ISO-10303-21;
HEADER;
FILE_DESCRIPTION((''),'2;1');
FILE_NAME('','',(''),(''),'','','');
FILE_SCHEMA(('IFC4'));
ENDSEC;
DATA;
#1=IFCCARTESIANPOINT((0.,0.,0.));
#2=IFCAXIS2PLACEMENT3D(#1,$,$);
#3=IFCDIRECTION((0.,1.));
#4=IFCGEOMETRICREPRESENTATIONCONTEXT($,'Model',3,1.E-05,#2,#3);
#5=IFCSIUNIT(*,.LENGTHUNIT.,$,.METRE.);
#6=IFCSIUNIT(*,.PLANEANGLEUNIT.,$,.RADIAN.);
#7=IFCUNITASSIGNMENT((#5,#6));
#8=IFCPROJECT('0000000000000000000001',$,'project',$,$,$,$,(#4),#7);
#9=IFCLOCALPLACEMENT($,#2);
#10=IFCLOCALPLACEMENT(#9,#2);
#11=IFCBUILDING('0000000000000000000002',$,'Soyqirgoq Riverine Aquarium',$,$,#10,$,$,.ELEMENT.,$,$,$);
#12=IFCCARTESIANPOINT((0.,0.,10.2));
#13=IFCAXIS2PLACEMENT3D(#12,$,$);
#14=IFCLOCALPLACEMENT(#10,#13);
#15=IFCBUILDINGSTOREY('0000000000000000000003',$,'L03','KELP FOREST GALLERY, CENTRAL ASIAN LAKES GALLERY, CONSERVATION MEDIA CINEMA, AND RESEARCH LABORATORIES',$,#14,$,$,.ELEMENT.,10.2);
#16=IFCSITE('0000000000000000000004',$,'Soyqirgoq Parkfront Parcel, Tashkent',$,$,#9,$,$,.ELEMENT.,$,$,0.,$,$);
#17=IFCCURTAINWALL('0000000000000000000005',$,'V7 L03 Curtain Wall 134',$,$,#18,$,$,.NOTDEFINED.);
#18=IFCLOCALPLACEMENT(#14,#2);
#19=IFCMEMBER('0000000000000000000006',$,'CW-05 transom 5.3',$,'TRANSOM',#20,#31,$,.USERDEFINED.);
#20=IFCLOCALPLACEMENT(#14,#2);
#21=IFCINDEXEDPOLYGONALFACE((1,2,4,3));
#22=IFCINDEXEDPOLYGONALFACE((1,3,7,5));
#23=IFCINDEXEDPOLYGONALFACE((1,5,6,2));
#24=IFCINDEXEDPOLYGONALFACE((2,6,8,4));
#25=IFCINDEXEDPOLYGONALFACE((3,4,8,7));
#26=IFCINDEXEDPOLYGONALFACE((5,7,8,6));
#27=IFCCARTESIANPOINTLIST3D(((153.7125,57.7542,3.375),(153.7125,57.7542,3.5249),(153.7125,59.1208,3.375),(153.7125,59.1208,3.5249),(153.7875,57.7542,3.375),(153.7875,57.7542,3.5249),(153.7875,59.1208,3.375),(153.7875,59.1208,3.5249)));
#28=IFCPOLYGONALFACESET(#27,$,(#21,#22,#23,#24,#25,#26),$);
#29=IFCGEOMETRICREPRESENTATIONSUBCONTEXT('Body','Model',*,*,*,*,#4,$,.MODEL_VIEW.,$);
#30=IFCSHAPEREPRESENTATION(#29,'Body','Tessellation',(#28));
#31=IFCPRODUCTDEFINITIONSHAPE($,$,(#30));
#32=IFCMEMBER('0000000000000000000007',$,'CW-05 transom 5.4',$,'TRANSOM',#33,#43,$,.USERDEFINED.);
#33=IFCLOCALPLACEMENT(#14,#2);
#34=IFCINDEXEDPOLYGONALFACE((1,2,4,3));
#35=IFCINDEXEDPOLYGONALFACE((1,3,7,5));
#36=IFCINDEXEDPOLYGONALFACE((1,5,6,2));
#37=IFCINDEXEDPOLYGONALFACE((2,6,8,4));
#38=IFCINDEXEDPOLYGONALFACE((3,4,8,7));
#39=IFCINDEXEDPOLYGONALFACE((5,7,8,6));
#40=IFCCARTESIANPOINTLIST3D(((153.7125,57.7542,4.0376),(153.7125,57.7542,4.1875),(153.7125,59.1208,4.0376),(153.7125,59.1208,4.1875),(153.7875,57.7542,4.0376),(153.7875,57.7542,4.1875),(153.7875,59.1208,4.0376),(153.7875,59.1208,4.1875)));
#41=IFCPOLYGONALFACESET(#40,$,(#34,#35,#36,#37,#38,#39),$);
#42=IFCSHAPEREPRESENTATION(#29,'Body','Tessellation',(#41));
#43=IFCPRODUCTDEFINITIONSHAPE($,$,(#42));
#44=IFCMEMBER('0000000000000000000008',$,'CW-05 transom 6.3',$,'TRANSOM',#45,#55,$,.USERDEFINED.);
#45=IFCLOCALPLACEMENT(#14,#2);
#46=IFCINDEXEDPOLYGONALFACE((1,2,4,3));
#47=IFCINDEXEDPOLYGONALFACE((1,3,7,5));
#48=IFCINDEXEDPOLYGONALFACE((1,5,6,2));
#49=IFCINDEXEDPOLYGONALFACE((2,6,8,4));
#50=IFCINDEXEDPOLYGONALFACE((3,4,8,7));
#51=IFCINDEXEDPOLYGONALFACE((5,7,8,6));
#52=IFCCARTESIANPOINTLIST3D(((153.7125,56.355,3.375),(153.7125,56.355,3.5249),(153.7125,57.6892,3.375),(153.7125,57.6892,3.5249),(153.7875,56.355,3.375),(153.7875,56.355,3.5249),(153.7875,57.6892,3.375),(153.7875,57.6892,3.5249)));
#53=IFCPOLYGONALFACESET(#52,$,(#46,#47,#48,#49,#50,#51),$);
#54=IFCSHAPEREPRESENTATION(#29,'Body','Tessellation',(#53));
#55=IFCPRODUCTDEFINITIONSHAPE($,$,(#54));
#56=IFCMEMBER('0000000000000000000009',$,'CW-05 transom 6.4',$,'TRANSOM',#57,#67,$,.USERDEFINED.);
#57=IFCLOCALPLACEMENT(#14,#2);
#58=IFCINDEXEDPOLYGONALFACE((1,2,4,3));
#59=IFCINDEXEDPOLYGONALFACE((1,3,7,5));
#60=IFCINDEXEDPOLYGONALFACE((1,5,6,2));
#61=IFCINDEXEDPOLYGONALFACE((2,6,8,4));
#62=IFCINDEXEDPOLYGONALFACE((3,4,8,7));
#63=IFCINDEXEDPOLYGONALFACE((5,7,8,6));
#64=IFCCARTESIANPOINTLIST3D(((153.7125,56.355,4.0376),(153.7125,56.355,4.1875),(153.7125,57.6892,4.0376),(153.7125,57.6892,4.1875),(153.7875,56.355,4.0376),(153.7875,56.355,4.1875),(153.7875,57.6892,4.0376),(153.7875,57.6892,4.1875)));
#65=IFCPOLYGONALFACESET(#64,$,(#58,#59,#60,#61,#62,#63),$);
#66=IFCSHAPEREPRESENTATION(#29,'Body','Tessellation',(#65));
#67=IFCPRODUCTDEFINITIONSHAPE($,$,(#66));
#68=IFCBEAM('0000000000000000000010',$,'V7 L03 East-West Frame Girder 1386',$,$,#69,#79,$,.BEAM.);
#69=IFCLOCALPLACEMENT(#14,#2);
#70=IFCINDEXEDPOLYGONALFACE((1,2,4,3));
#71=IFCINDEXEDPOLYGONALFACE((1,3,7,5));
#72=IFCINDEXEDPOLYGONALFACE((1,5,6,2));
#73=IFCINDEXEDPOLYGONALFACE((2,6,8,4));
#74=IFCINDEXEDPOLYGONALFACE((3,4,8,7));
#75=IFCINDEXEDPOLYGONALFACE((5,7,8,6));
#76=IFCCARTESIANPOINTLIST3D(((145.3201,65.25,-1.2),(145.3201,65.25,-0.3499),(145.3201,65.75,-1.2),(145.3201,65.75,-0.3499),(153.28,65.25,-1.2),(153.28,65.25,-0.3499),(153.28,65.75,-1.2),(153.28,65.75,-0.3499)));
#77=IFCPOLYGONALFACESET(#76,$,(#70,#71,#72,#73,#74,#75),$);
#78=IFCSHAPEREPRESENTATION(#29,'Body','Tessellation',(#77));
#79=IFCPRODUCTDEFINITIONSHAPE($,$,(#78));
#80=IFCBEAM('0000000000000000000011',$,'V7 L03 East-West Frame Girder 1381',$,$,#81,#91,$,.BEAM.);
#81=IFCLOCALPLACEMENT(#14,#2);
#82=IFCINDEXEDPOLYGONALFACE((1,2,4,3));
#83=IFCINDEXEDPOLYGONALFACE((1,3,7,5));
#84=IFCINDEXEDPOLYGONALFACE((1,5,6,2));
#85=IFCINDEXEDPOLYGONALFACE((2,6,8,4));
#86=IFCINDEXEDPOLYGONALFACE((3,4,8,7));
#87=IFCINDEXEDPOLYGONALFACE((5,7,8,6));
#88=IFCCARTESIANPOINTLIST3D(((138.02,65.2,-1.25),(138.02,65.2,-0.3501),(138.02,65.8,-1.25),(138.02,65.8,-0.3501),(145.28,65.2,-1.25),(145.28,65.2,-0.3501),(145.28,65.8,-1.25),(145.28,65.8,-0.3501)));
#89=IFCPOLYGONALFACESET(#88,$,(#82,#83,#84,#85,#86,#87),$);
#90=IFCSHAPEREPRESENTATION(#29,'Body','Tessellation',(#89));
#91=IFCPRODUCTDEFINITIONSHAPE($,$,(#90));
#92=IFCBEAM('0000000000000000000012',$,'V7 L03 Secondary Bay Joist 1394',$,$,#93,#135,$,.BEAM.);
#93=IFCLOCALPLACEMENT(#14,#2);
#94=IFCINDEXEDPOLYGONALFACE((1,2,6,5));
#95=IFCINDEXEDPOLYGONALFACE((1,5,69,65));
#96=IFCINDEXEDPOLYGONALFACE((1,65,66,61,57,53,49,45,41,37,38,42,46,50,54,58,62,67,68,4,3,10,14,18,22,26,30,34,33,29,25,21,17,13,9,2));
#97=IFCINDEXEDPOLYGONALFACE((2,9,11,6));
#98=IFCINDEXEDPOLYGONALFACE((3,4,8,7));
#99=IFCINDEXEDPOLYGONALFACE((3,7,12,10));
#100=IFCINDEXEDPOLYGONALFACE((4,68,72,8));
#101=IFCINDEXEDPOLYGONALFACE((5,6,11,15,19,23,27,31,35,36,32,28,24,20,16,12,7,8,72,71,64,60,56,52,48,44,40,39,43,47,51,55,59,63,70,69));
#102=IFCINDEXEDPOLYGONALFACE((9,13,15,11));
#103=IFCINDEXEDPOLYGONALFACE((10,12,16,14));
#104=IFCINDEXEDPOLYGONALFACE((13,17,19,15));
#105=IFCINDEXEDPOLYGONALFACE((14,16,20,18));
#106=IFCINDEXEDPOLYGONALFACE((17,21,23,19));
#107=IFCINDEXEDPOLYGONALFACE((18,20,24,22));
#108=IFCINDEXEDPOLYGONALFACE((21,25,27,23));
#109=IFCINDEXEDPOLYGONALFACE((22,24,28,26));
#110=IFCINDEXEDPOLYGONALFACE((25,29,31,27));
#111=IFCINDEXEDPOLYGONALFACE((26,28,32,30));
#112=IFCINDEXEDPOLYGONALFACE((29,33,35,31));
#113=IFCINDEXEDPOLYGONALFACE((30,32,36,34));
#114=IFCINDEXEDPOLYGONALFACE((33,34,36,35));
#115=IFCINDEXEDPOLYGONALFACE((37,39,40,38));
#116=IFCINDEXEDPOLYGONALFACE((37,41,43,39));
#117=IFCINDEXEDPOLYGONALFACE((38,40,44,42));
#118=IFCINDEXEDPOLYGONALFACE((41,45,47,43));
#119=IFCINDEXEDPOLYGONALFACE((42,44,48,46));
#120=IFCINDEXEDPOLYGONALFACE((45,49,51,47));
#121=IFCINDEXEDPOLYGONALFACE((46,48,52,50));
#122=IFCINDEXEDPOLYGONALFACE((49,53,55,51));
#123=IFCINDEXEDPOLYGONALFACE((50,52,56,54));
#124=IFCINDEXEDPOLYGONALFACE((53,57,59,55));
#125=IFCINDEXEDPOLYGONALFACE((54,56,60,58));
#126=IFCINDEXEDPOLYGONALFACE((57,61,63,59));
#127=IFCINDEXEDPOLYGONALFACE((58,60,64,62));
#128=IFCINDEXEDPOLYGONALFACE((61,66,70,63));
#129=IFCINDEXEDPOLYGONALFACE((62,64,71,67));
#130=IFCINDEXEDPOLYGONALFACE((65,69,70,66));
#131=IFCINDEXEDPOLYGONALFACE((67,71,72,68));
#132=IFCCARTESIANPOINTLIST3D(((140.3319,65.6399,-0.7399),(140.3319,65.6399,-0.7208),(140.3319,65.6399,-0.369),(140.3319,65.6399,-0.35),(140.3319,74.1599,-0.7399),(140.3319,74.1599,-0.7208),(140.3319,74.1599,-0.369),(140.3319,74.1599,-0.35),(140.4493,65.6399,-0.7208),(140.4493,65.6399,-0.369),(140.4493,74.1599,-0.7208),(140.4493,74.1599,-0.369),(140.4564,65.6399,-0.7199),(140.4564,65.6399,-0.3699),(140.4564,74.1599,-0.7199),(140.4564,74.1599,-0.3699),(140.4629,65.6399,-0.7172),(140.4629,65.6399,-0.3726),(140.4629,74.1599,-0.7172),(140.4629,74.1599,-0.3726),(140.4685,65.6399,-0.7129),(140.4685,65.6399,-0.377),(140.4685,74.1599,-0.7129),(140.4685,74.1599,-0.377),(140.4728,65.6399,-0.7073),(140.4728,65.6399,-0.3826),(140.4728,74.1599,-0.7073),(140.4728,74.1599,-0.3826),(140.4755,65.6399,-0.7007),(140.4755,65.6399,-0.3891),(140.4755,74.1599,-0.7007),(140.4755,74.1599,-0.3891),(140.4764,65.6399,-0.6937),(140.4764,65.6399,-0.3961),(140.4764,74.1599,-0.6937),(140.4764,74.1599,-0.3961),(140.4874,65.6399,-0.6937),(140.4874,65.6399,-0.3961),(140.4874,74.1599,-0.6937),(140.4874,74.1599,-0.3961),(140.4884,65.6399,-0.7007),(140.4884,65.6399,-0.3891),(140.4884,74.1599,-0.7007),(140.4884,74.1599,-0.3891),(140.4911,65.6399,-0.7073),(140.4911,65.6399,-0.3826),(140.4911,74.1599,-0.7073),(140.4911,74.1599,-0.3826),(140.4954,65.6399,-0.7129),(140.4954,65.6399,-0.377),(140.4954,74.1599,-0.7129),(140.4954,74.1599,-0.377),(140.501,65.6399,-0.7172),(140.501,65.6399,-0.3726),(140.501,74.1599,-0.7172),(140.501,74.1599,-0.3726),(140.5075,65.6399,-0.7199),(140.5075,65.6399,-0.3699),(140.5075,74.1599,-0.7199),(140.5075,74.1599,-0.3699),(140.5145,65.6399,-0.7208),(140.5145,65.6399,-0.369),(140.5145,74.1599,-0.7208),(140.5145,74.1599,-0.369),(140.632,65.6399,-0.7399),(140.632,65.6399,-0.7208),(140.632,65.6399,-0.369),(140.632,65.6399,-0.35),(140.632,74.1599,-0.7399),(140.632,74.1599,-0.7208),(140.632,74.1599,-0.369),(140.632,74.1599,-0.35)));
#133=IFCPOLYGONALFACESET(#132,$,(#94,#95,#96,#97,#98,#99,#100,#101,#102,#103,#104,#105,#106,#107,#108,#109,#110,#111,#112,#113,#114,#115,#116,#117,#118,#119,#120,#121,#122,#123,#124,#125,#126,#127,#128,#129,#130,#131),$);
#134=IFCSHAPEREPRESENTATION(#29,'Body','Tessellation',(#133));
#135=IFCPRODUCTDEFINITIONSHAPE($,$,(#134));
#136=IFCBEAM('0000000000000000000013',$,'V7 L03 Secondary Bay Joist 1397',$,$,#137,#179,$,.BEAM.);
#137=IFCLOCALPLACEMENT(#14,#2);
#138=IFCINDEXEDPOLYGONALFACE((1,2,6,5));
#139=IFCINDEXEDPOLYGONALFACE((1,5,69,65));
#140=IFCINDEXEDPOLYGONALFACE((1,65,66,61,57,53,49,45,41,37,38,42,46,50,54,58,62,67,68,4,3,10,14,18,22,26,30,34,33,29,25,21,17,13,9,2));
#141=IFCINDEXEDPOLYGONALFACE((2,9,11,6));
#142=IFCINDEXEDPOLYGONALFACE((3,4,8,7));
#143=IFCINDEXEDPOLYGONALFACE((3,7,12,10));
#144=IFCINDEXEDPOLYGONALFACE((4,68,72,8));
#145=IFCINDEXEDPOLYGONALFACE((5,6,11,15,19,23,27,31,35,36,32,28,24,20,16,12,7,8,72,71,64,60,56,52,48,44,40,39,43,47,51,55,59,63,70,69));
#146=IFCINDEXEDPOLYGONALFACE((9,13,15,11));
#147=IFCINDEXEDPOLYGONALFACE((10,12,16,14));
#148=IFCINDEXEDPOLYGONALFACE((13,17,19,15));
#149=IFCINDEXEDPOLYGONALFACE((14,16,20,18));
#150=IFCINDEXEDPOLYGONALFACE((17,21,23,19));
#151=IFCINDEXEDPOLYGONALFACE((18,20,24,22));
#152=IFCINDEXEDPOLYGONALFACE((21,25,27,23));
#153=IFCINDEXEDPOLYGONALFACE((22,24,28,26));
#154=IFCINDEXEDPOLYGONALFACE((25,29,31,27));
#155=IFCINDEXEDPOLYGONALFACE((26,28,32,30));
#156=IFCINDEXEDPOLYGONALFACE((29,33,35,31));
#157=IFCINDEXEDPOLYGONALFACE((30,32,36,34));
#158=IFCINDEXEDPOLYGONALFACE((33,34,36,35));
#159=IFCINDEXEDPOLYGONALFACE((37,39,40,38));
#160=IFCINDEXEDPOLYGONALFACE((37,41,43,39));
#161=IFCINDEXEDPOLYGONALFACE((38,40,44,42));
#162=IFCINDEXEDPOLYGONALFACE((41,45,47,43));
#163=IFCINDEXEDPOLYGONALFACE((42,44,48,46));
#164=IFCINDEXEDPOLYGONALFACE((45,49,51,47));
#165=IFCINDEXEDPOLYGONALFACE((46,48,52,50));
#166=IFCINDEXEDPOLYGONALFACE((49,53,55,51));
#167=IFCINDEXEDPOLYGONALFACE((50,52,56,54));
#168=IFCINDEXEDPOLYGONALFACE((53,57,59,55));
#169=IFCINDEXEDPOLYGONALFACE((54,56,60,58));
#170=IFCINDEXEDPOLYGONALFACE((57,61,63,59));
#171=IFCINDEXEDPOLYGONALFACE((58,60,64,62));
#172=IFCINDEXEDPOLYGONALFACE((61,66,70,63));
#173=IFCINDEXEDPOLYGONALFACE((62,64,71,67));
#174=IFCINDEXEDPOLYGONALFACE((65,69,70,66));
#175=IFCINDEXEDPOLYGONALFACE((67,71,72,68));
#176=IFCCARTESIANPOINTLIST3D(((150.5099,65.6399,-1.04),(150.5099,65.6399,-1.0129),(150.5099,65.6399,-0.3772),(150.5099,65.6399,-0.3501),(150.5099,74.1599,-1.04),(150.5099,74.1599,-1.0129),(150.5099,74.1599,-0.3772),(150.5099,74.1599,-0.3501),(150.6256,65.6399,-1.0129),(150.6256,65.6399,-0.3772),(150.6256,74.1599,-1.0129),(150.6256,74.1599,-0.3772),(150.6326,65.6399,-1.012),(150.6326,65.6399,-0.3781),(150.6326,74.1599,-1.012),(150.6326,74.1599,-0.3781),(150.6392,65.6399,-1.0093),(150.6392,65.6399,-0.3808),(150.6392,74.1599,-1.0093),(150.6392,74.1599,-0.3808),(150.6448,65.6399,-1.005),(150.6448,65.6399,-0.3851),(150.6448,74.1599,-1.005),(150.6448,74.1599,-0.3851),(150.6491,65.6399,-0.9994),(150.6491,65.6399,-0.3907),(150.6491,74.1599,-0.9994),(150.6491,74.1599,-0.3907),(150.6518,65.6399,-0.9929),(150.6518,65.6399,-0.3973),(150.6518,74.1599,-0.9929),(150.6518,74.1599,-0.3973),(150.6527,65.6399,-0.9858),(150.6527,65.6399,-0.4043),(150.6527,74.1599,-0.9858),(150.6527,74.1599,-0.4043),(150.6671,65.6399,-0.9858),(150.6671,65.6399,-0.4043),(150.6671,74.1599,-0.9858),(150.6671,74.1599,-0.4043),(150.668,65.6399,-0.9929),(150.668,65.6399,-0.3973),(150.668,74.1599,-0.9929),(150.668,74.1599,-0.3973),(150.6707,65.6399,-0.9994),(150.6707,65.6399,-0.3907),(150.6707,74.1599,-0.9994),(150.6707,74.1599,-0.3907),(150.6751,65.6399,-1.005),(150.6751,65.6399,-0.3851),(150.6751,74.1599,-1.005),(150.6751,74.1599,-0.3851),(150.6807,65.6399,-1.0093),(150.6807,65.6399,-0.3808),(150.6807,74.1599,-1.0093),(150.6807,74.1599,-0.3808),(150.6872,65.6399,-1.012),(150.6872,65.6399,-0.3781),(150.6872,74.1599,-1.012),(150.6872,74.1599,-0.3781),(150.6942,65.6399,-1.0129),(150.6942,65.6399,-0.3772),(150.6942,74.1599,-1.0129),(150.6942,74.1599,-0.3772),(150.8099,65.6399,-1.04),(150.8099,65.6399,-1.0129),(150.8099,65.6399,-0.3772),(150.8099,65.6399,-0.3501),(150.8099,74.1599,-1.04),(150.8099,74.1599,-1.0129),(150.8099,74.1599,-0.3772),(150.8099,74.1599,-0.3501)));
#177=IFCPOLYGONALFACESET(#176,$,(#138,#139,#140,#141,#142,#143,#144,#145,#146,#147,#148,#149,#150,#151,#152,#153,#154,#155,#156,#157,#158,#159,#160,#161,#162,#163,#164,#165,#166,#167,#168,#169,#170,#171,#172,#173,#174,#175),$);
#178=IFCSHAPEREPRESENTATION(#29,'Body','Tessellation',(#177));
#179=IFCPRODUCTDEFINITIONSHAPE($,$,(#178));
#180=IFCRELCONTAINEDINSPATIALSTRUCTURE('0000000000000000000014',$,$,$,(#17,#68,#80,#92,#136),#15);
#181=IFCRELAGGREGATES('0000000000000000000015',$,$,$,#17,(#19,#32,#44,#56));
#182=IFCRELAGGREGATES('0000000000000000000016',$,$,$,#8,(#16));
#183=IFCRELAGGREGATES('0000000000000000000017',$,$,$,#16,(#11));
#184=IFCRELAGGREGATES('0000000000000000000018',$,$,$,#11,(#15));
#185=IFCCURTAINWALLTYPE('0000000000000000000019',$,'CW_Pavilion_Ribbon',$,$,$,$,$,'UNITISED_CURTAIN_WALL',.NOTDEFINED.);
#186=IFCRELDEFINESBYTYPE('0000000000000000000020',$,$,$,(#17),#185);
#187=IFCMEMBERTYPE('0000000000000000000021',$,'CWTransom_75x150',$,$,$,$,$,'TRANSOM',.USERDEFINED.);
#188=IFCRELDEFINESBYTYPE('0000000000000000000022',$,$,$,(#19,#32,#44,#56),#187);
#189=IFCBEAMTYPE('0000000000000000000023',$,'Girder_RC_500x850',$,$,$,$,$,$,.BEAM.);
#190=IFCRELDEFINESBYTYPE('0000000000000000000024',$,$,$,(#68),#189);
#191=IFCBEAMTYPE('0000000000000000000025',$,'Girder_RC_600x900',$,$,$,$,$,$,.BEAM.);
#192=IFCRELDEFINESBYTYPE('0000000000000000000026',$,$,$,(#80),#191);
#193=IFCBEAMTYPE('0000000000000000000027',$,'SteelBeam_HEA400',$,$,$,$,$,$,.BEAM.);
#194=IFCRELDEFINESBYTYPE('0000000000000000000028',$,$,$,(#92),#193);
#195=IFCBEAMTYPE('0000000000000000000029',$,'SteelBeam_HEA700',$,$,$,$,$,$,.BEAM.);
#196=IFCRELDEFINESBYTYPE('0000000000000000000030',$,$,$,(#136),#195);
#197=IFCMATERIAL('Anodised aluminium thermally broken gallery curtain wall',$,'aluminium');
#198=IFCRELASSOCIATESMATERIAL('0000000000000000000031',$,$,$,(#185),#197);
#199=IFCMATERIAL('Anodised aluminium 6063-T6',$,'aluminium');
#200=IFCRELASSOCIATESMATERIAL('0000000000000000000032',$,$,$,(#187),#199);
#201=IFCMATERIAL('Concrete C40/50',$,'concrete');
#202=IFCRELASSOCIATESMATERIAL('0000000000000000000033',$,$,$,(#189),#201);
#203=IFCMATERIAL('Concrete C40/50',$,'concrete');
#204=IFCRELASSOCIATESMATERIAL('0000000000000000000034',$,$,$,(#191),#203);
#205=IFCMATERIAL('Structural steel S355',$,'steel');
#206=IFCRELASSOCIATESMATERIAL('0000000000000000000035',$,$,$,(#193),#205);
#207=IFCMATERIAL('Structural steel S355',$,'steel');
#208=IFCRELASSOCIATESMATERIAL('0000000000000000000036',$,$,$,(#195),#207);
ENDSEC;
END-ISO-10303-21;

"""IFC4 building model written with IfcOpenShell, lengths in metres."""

from ifc_helpers import new_model, si_unit, direction, frame, origin, origin_2d, place, context, subcontext, project, spatial, rectangle, i_section, extrude, material, material_profile, profile_set, type_object, element, aggregate, save


model = new_model("IFC4")

# Units and contexts
model_context = context("Model", 3, precision=1e-05, world=origin(), true_north=direction((0.0, 1.0)))
body_context = subcontext(model_context, "Body", "Model", "MODEL_VIEW")
ifc_project = project(units=[si_unit("LENGTHUNIT", "METRE"), si_unit("PLANEANGLEUNIT", "RADIAN")], contexts=[model_context])

# Site, building, storey
site_placement = place(None, origin())
site = spatial("IfcSite", under=ifc_project, at=site_placement, Name="Soyqirgoq Parkfront Parcel, Tashkent", CompositionType="ELEMENT", RefElevation=0.0)
building_placement = place(site_placement, origin())
building = spatial("IfcBuilding", under=site, at=building_placement, Name="Soyqirgoq Riverine Aquarium", CompositionType="ELEMENT")
storey_placement = place(building_placement, frame((0.0, 0.0, 10.2)))
storey = spatial("IfcBuildingStorey", under=building, at=storey_placement, Name="L03", Description="KELP FOREST GALLERY, CENTRAL ASIAN LAKES GALLERY, CONSERVATION MEDIA CINEMA, AND RESEARCH LABORATORIES", CompositionType="ELEMENT", Elevation=10.2)

# Curtain wall, members
ifc_material_1 = material(Name="Anodised aluminium thermally broken gallery curtain wall", Category="aluminium")
curtain_wall_type = type_object("IfcCurtainWallType", Name="CW_Pavilion_Ribbon", ElementType="UNITISED_CURTAIN_WALL", PredefinedType="NOTDEFINED", material=ifc_material_1)
curtain_wall_placement = place(storey_placement, origin())
curtain_wall = element("IfcCurtainWall", 1, at=curtain_wall_placement, inside=storey, type_object=curtain_wall_type, Name="V7 L03 Curtain Wall 134", PredefinedType="NOTDEFINED")
ifc_material_2 = material(Name="Anodised aluminium 6063-T6", Category="aluminium")
ifc_material_profile_1 = material_profile(ifc_material_2, rectangle(XDim=0.075, YDim=0.1499, at=origin_2d()), Name="ALU-T 75x150")
ifc_profile_set_1 = profile_set([ifc_material_profile_1], Name="Anodised aluminium 6063-T6")
member_type_1 = type_object("IfcMemberType", Name="CWTransom_75x150", ElementType="TRANSOM", PredefinedType="USERDEFINED", material=ifc_profile_set_1)
member_1_placement = place(storey_placement, frame((153.75, 59.1208, 3.45), z_axis=(0.0, -1.0, 0.0), x_axis=(1.0, 0.0, 0.0)))
member_1 = element("IfcMember", 2, at=member_1_placement, type_object=member_type_1, Name="CW-05 transom 5.3", ObjectType="TRANSOM", PredefinedType="USERDEFINED", context=body_context, shape_type="SweptSolid", body=[
    extrude(rectangle(XDim=0.075, YDim=0.1499, at=origin_2d()), origin(), (0.0, 0.0, 1.0), 1.3667),
])
member_2_placement = place(storey_placement, frame((153.75, 59.1208, 4.1125), z_axis=(0.0, -1.0, 0.0), x_axis=(1.0, 0.0, 0.0)))
member_2 = element("IfcMember", 3, at=member_2_placement, type_object=member_type_1, Name="CW-05 transom 5.4", ObjectType="TRANSOM", PredefinedType="USERDEFINED", context=body_context, shape_type="SweptSolid", body=[
    extrude(rectangle(XDim=0.075, YDim=0.1499, at=origin_2d()), origin(), (0.0, 0.0, 1.0), 1.3667),
])
member_3_placement = place(storey_placement, frame((153.75, 57.6892, 3.45), z_axis=(0.0, -1.0, 0.0), x_axis=(1.0, 0.0, 0.0)))
member_3 = element("IfcMember", 4, at=member_3_placement, type_object=member_type_1, Name="CW-05 transom 6.3", ObjectType="TRANSOM", PredefinedType="USERDEFINED", context=body_context, shape_type="SweptSolid", body=[
    extrude(rectangle(XDim=0.075, YDim=0.1499, at=origin_2d()), origin(), (0.0, 0.0, 1.0), 1.3342),
])
member_4_placement = place(storey_placement, frame((153.75, 57.6892, 4.1125), z_axis=(0.0, -1.0, 0.0), x_axis=(1.0, 0.0, 0.0)))
member_4 = element("IfcMember", 5, at=member_4_placement, type_object=member_type_1, Name="CW-05 transom 6.4", ObjectType="TRANSOM", PredefinedType="USERDEFINED", context=body_context, shape_type="SweptSolid", body=[
    extrude(rectangle(XDim=0.075, YDim=0.1499, at=origin_2d()), origin(), (0.0, 0.0, 1.0), 1.3342),
])

# Beams
ifc_material_3 = material(Name="Concrete C40/50", Category="concrete")
ifc_material_profile_2 = material_profile(ifc_material_3, rectangle(XDim=0.5, YDim=0.8501, at=origin_2d()), Name="RC 500x850")
ifc_profile_set_2 = profile_set([ifc_material_profile_2], Name="Concrete C40/50")
beam_type_1 = type_object("IfcBeamType", Name="Girder_RC_500x850", PredefinedType="BEAM", material=ifc_profile_set_2)
beam_1_placement = place(storey_placement, frame((145.3201, 65.5, -0.7749), z_axis=(1.0, 0.0, 0.0), x_axis=(0.0, 1.0, 0.0)))
element("IfcBeam", 6, at=beam_1_placement, inside=storey, type_object=beam_type_1, Name="V7 L03 East-West Frame Girder 1386", PredefinedType="BEAM", context=body_context, shape_type="SweptSolid", body=[
    extrude(rectangle(XDim=0.5, YDim=0.8501, at=origin_2d()), origin(), (0.0, 0.0, 1.0), 7.96),
])
ifc_material_4 = material(Name="Concrete C40/50", Category="concrete")
ifc_material_profile_3 = material_profile(ifc_material_4, rectangle(XDim=0.6001, YDim=0.8999, at=origin_2d()), Name="RC 600x900")
ifc_profile_set_3 = profile_set([ifc_material_profile_3], Name="Concrete C40/50")
beam_type_2 = type_object("IfcBeamType", Name="Girder_RC_600x900", PredefinedType="BEAM", material=ifc_profile_set_3)
beam_2_placement = place(storey_placement, frame((138.02, 65.5, -0.8), z_axis=(1.0, 0.0, 0.0), x_axis=(0.0, 1.0, 0.0)))
element("IfcBeam", 7, at=beam_2_placement, inside=storey, type_object=beam_type_2, Name="V7 L03 East-West Frame Girder 1381", PredefinedType="BEAM", context=body_context, shape_type="SweptSolid", body=[
    extrude(rectangle(XDim=0.6001, YDim=0.8999, at=origin_2d()), origin(), (0.0, 0.0, 1.0), 7.26),
])
ifc_material_5 = material(Name="Structural steel S355", Category="steel")
ifc_material_profile_4 = material_profile(ifc_material_5, i_section(OverallWidth=0.3, OverallDepth=0.3899, WebThickness=0.011, FlangeThickness=0.019, FilletRadius=0.0271, at=origin_2d()), Name="HEA 400")
ifc_profile_set_4 = profile_set([ifc_material_profile_4], Name="Structural steel S355")
beam_type_3 = type_object("IfcBeamType", Name="SteelBeam_HEA400", PredefinedType="BEAM", material=ifc_profile_set_4)
beam_3_placement = place(storey_placement, frame((140.4819, 65.6399, -0.5449), z_axis=(0.0, 1.0, 0.0), x_axis=(-1.0, 0.0, 0.0)))
element("IfcBeam", 8, at=beam_3_placement, inside=storey, type_object=beam_type_3, Name="V7 L03 Secondary Bay Joist 1394", PredefinedType="BEAM", context=body_context, shape_type="SweptSolid", body=[
    extrude(i_section(OverallWidth=0.3, OverallDepth=0.3899, WebThickness=0.011, FlangeThickness=0.019, FilletRadius=0.0271, at=origin_2d()), origin(), (0.0, 0.0, 1.0), 8.52),
])
ifc_material_6 = material(Name="Structural steel S355", Category="steel")
ifc_material_profile_5 = material_profile(ifc_material_6, i_section(OverallWidth=0.3, OverallDepth=0.6899, WebThickness=0.0144, FlangeThickness=0.0271, FilletRadius=0.0271, at=origin_2d()), Name="HEA 700")
ifc_profile_set_5 = profile_set([ifc_material_profile_5], Name="Structural steel S355")
beam_type_4 = type_object("IfcBeamType", Name="SteelBeam_HEA700", PredefinedType="BEAM", material=ifc_profile_set_5)
beam_4_placement = place(storey_placement, frame((150.6599, 65.6399, -0.6951), z_axis=(0.0, 1.0, 0.0), x_axis=(-1.0, 0.0, 0.0)))
element("IfcBeam", 9, at=beam_4_placement, inside=storey, type_object=beam_type_4, Name="V7 L03 Secondary Bay Joist 1397", PredefinedType="BEAM", context=body_context, shape_type="SweptSolid", body=[
    extrude(i_section(OverallWidth=0.3, OverallDepth=0.6899, WebThickness=0.0144, FlangeThickness=0.0271, FilletRadius=0.0271, at=origin_2d()), origin(), (0.0, 0.0, 1.0), 8.52),
])

aggregate(curtain_wall, [member_1, member_2, member_3, member_4])

save(model, "model.ifc")
